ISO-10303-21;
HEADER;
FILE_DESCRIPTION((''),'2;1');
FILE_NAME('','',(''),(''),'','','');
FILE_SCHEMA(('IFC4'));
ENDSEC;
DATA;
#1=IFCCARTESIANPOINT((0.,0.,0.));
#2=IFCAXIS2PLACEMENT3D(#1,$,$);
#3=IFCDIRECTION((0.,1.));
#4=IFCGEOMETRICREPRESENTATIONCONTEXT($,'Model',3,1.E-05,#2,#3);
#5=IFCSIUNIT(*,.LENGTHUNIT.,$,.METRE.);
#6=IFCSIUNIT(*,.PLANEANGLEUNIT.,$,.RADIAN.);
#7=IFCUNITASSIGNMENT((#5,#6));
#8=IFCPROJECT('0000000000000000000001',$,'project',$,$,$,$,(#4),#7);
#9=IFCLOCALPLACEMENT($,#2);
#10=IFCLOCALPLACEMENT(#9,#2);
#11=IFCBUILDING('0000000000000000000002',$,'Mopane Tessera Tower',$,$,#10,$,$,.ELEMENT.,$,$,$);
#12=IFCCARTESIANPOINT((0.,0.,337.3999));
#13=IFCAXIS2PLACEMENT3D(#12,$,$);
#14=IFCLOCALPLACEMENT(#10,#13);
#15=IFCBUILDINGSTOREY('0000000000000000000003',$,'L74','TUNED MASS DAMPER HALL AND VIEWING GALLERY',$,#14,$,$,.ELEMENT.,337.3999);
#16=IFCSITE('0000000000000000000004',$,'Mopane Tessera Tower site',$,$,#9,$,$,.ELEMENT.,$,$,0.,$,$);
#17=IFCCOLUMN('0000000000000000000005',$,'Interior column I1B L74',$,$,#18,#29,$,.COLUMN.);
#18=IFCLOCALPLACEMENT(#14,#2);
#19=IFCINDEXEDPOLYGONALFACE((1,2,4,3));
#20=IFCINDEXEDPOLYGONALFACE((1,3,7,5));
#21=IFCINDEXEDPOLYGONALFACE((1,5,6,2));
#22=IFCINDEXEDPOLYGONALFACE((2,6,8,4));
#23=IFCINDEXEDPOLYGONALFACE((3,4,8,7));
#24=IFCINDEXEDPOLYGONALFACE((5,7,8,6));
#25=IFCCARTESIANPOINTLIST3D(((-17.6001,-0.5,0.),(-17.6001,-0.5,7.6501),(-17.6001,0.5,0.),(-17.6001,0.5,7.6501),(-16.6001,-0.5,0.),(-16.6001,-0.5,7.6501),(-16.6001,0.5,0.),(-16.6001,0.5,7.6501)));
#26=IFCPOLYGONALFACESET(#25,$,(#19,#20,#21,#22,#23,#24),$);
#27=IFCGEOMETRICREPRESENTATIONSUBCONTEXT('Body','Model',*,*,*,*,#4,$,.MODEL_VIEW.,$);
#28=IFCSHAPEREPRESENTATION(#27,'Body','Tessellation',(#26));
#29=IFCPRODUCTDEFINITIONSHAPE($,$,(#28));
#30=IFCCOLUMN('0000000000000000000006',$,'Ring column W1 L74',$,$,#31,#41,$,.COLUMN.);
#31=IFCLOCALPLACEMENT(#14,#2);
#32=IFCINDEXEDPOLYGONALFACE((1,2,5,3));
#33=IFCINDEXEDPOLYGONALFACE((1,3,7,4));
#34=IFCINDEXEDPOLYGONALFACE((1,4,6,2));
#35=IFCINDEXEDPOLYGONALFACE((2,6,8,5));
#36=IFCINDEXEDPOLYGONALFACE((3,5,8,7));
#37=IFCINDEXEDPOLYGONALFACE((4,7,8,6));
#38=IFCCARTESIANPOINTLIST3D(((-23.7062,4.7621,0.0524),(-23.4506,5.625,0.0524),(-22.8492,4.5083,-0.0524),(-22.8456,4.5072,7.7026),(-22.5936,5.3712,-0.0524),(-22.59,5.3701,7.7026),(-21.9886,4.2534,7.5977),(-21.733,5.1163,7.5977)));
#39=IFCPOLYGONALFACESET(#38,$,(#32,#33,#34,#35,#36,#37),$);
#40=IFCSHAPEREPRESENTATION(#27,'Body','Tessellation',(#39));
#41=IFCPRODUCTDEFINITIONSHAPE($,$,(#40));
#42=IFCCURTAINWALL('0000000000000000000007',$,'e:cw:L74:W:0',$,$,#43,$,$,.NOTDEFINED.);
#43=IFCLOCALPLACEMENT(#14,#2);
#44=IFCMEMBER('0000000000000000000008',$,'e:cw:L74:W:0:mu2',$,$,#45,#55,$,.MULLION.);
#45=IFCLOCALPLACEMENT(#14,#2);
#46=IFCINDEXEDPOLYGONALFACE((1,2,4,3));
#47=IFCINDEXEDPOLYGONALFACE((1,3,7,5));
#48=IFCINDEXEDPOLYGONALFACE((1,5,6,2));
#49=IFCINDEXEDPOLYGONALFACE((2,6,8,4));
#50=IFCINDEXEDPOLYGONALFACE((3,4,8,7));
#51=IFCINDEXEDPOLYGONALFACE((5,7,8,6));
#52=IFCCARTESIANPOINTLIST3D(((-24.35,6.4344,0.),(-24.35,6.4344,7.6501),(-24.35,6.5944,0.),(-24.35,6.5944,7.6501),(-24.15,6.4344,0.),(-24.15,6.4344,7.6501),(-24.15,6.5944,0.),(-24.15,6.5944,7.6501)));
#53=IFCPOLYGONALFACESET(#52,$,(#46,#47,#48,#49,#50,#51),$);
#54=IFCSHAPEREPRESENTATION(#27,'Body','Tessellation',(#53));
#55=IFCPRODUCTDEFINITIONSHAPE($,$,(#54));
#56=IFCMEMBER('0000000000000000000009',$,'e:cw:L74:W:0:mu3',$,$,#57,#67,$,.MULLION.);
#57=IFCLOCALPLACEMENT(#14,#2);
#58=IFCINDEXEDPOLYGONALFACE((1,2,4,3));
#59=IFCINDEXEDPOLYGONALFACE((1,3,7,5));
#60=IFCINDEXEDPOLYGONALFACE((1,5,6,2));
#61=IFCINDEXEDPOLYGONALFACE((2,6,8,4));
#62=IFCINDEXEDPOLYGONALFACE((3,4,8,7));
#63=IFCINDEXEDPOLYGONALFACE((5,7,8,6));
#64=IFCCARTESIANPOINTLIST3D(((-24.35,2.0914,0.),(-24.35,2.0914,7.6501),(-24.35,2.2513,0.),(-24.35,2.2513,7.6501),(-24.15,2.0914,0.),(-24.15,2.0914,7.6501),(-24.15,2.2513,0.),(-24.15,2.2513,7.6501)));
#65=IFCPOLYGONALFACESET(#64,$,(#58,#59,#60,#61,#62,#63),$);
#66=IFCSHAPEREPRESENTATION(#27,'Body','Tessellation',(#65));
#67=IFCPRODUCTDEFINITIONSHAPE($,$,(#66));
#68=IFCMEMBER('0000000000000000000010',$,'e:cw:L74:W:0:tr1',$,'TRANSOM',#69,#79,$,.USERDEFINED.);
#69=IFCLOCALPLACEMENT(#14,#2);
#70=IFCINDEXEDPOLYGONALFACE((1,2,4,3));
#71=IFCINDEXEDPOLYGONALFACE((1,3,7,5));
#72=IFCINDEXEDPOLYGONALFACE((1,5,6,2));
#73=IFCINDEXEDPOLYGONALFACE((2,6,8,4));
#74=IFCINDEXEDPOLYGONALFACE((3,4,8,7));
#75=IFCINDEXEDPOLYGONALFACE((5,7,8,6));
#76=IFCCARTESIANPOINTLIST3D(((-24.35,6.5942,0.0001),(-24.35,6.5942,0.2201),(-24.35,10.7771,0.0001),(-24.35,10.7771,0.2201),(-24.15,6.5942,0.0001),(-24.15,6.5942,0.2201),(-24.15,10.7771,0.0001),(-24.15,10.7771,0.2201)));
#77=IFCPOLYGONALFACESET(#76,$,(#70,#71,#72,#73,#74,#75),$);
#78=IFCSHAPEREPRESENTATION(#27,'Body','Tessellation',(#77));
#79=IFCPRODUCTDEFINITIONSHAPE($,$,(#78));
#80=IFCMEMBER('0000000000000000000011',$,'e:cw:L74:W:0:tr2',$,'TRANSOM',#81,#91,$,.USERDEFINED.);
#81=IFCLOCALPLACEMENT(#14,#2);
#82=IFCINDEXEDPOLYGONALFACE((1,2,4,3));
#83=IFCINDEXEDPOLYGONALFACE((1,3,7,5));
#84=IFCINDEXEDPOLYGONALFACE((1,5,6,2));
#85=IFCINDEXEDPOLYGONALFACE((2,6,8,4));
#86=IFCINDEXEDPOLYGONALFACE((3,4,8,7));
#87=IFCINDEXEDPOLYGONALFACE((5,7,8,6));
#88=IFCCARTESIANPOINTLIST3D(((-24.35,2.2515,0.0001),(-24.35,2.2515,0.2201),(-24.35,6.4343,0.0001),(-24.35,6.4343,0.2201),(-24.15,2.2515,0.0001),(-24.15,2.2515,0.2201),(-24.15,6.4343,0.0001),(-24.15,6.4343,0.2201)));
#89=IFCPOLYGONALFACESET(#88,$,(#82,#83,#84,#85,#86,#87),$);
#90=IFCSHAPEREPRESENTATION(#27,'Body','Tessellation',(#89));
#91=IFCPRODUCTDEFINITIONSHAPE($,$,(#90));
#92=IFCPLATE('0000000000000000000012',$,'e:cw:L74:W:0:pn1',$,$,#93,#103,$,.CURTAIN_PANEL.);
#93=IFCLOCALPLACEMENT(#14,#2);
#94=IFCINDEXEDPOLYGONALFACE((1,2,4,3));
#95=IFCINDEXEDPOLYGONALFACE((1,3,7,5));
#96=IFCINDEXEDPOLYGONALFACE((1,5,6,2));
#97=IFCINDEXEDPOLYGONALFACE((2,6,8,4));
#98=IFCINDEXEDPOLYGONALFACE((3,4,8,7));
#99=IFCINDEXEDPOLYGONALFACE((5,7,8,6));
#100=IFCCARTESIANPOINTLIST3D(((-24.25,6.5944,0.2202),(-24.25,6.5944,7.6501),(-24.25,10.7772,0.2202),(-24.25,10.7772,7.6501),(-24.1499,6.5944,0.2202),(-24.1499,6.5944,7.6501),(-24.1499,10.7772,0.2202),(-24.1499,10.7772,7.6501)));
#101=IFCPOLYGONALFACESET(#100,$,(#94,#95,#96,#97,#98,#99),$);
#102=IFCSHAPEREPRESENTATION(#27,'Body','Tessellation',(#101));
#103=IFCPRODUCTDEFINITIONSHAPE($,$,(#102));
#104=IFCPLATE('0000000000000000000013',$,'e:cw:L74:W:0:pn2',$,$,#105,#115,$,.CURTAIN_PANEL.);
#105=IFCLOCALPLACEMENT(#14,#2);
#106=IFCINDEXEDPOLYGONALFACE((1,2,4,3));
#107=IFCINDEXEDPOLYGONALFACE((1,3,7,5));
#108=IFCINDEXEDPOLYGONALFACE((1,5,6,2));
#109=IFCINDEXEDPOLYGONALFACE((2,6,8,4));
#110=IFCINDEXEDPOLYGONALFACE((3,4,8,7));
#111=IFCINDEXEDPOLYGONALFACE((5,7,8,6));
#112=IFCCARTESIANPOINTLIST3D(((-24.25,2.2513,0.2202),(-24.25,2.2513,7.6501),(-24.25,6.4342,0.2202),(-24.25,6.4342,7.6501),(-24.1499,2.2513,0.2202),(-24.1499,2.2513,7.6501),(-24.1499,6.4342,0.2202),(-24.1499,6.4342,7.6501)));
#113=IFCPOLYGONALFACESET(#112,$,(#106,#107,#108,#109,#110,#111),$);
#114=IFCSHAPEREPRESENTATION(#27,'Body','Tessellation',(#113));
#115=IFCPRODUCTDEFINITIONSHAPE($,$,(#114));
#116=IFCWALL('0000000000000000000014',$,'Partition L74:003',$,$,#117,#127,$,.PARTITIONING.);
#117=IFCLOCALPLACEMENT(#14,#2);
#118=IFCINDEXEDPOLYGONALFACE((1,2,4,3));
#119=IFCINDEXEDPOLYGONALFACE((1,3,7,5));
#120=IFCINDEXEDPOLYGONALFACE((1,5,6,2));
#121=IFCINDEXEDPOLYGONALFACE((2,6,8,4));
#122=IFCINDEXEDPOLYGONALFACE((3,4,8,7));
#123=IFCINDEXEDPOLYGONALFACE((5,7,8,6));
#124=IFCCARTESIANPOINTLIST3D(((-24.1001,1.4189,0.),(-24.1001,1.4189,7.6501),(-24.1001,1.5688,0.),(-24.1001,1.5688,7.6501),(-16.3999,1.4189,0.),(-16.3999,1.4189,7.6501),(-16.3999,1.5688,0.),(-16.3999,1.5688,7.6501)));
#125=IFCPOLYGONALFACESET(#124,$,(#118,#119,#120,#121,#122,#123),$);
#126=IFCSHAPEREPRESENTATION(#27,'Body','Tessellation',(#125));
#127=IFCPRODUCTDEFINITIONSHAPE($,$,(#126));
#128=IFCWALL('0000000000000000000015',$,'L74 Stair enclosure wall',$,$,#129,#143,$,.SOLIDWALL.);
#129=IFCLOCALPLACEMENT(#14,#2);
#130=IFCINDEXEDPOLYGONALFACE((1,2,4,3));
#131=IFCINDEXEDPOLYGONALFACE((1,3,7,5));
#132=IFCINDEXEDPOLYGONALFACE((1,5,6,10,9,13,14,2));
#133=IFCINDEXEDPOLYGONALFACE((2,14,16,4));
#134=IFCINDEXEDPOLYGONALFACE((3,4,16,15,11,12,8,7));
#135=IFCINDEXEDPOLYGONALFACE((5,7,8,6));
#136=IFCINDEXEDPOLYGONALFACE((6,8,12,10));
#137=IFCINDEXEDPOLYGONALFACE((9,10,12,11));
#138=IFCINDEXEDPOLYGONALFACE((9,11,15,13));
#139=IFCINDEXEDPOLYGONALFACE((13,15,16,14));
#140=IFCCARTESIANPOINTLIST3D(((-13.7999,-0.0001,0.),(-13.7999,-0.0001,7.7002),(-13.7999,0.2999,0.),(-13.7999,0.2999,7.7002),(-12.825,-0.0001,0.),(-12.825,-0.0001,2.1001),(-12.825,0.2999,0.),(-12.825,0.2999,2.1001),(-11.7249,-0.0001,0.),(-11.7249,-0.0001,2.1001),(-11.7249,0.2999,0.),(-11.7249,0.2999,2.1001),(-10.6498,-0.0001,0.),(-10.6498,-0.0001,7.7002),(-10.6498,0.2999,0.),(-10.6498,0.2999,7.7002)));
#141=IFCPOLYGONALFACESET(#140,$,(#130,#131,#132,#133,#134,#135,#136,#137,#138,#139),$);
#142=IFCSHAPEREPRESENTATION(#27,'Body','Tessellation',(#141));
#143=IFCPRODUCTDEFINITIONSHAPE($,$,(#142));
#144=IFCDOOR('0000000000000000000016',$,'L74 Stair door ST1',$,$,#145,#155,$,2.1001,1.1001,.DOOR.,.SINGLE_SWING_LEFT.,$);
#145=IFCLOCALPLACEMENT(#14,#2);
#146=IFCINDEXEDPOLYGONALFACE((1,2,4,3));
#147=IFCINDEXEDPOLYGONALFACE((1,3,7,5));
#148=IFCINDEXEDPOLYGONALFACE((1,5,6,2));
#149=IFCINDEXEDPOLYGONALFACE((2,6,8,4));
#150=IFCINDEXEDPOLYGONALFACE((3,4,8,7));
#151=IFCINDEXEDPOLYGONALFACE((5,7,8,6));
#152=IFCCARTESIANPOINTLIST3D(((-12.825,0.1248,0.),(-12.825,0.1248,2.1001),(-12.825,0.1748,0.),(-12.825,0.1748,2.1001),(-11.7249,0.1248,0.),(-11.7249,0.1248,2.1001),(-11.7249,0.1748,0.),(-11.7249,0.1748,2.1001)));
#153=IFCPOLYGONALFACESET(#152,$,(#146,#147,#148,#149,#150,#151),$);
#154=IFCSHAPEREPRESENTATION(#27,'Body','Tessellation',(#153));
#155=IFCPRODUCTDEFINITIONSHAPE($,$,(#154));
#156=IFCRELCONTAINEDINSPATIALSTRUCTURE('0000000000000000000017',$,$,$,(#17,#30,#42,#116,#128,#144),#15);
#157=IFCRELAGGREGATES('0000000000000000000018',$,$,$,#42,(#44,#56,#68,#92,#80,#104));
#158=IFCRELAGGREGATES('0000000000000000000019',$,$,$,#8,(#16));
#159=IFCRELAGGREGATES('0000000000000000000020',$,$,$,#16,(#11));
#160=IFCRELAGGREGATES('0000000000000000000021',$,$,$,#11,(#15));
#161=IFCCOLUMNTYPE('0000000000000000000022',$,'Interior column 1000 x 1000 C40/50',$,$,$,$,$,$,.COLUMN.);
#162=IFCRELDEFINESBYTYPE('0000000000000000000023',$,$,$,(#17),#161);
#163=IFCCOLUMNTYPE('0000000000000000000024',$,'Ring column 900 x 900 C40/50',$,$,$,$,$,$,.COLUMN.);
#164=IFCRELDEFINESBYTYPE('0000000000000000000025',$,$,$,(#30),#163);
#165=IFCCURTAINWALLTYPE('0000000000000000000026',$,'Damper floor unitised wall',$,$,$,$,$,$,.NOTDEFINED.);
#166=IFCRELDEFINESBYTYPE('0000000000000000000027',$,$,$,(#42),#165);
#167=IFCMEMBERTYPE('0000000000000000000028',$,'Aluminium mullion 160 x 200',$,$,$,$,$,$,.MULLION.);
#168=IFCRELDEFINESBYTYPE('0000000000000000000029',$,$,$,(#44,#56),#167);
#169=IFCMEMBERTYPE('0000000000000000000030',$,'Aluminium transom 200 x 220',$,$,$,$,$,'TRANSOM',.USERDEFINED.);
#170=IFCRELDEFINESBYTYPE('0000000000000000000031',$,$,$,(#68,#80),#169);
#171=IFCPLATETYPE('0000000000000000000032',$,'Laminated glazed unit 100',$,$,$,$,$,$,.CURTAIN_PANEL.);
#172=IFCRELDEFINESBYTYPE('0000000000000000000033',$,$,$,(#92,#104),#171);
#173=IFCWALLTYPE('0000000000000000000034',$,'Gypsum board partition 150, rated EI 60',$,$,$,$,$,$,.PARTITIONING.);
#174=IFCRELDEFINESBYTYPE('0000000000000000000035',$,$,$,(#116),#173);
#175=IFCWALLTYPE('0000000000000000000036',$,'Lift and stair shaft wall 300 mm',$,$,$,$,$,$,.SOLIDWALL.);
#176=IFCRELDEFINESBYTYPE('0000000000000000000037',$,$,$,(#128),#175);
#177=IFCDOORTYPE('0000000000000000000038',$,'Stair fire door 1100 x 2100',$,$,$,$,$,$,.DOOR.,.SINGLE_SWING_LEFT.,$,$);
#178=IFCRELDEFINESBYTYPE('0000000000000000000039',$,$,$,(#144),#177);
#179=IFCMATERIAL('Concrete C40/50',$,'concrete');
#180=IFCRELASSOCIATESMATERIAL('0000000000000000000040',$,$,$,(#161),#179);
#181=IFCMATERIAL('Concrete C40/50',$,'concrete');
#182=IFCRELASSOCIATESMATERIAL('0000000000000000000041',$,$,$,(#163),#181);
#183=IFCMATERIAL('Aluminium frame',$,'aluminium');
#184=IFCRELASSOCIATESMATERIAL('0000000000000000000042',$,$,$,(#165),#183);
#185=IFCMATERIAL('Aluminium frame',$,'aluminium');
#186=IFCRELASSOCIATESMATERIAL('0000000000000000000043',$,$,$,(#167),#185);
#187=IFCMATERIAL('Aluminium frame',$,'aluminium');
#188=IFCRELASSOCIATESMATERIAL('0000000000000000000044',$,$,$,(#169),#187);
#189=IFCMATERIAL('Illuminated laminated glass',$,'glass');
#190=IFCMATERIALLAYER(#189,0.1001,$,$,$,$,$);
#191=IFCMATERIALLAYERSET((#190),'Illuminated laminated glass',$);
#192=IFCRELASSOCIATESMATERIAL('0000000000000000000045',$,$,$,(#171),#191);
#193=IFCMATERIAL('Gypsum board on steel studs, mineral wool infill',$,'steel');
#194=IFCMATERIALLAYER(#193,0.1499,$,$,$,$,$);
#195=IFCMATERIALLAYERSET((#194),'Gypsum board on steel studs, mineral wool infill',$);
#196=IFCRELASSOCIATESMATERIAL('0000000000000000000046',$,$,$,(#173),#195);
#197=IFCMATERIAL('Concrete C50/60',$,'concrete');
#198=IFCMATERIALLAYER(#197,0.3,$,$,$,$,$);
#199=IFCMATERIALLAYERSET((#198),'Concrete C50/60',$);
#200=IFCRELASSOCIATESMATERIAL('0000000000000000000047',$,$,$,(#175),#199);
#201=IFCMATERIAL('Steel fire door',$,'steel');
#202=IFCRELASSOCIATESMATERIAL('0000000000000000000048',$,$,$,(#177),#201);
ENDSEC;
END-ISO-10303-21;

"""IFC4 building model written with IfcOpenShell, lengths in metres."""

from ifc_helpers import new_model, si_unit, direction, frame, frame_2d, origin, origin_2d, place, context, subcontext, project, spatial, rectangle, extrude, material, layer, layer_set, material_profile, profile_set, type_object, element, fill, aggregate, save


model = new_model("IFC4")

# Units and contexts
model_context = context("Model", 3, precision=1e-05, world=origin(), true_north=direction((0.0, 1.0)))
body_context = subcontext(model_context, "Body", "Model", "MODEL_VIEW")
ifc_project = project(units=[si_unit("LENGTHUNIT", "METRE"), si_unit("PLANEANGLEUNIT", "RADIAN")], contexts=[model_context])

# Site, building, storey
site_placement = place(None, origin())
site = spatial("IfcSite", under=ifc_project, at=site_placement, Name="Mopane Tessera Tower site", CompositionType="ELEMENT", RefElevation=0.0)
building_placement = place(site_placement, origin())
building = spatial("IfcBuilding", under=site, at=building_placement, Name="Mopane Tessera Tower", CompositionType="ELEMENT")
storey_placement = place(building_placement, frame((0.0, 0.0, 337.3999)))
storey = spatial("IfcBuildingStorey", under=building, at=storey_placement, Name="L74", Description="TUNED MASS DAMPER HALL AND VIEWING GALLERY", CompositionType="ELEMENT", Elevation=337.3999)

# Columns
ifc_material_1 = material(Name="Concrete C40/50", Category="concrete")
ifc_material_profile_1 = material_profile(ifc_material_1, rectangle(XDim=1.0, YDim=1.0, at=origin_2d()))
ifc_profile_set_1 = profile_set([ifc_material_profile_1], Name="Concrete C40/50")
column_type_1 = type_object("IfcColumnType", Name="Interior column 1000 x 1000 C40/50", PredefinedType="COLUMN", material=ifc_profile_set_1)
column_1_placement = place(storey_placement, frame((-17.1001, 0.0, 0.0), z_axis=(0.0, 0.0, 1.0), x_axis=(1.0, 0.0, 0.0)))
element("IfcColumn", 1, at=column_1_placement, inside=storey, type_object=column_type_1, Name="Interior column I1B L74", PredefinedType="COLUMN", context=body_context, shape_type="SweptSolid", body=[
    extrude(rectangle(XDim=1.0, YDim=1.0, at=origin_2d()), origin(), (0.0, 0.0, 1.0), 7.6501),
])
ifc_material_2 = material(Name="Concrete C40/50", Category="concrete")
ifc_material_profile_2 = material_profile(ifc_material_2, rectangle(XDim=0.8999, YDim=0.8999, at=origin_2d()))
ifc_profile_set_2 = profile_set([ifc_material_profile_2], Name="Concrete C40/50")
column_type_2 = type_object("IfcColumnType", Name="Ring column 900 x 900 C40/50", PredefinedType="COLUMN", material=ifc_profile_set_2)
column_2_placement = place(storey_placement, frame((-23.1499, 5.0667, 0.0), z_axis=(0.111728, -0.03309, 0.993188), x_axis=(0.283977, 0.958831, 0.0)))
element("IfcColumn", 2, at=column_2_placement, inside=storey, type_object=column_type_2, Name="Ring column W1 L74", PredefinedType="COLUMN", context=body_context, shape_type="SweptSolid", body=[
    extrude(rectangle(XDim=0.8999, YDim=0.8999, at=origin_2d()), origin(), (0.0, 0.0, 1.0), 7.7026),
])

# Curtain wall, members, plates
ifc_material_3 = material(Name="Aluminium frame", Category="aluminium")
curtain_wall_type = type_object("IfcCurtainWallType", Name="Damper floor unitised wall", PredefinedType="NOTDEFINED", material=ifc_material_3)
curtain_wall_placement = place(storey_placement, origin())
curtain_wall = element("IfcCurtainWall", 3, at=curtain_wall_placement, inside=storey, type_object=curtain_wall_type, Name="e:cw:L74:W:0", PredefinedType="NOTDEFINED")
ifc_material_4 = material(Name="Aluminium frame", Category="aluminium")
ifc_material_profile_3 = material_profile(ifc_material_4, rectangle(XDim=0.1599, YDim=0.2, at=origin_2d()))
ifc_profile_set_3 = profile_set([ifc_material_profile_3], Name="Aluminium frame")
member_type_1 = type_object("IfcMemberType", Name="Aluminium mullion 160 x 200", PredefinedType="MULLION", material=ifc_profile_set_3)
member_1_placement = place(storey_placement, frame((-24.25, 6.5144, 0.0), z_axis=(0.0, 0.0, 1.0), x_axis=(0.0, -1.0, 0.0)))
member_1 = element("IfcMember", 4, at=member_1_placement, type_object=member_type_1, Name="e:cw:L74:W:0:mu2", PredefinedType="MULLION", context=body_context, shape_type="SweptSolid", body=[
    extrude(rectangle(XDim=0.1599, YDim=0.2, at=origin_2d()), origin(), (0.0, 0.0, 1.0), 7.6501),
])
member_2_placement = place(storey_placement, frame((-24.25, 2.1714, 0.0), z_axis=(0.0, 0.0, 1.0), x_axis=(0.0, -1.0, 0.0)))
member_2 = element("IfcMember", 5, at=member_2_placement, type_object=member_type_1, Name="e:cw:L74:W:0:mu3", PredefinedType="MULLION", context=body_context, shape_type="SweptSolid", body=[
    extrude(rectangle(XDim=0.1599, YDim=0.2, at=origin_2d()), origin(), (0.0, 0.0, 1.0), 7.6501),
])
ifc_material_5 = material(Name="Aluminium frame", Category="aluminium")
ifc_material_profile_4 = material_profile(ifc_material_5, rectangle(XDim=0.2, YDim=0.22, at=origin_2d()))
ifc_profile_set_4 = profile_set([ifc_material_profile_4], Name="Aluminium frame")
member_type_2 = type_object("IfcMemberType", Name="Aluminium transom 200 x 220", ElementType="TRANSOM", PredefinedType="USERDEFINED", material=ifc_profile_set_4)
member_3_placement = place(storey_placement, frame((-24.25, 10.7771, 0.1101), z_axis=(0.0, -1.0, 0.0), x_axis=(1.0, 0.0, 0.0)))
member_3 = element("IfcMember", 6, at=member_3_placement, type_object=member_type_2, Name="e:cw:L74:W:0:tr1", ObjectType="TRANSOM", PredefinedType="USERDEFINED", context=body_context, shape_type="SweptSolid", body=[
    extrude(rectangle(XDim=0.2, YDim=0.22, at=origin_2d()), origin(), (0.0, 0.0, 1.0), 4.1829),
])
member_4_placement = place(storey_placement, frame((-24.25, 6.4343, 0.1101), z_axis=(0.0, -1.0, 0.0), x_axis=(1.0, 0.0, 0.0)))
member_4 = element("IfcMember", 7, at=member_4_placement, type_object=member_type_2, Name="e:cw:L74:W:0:tr2", ObjectType="TRANSOM", PredefinedType="USERDEFINED", context=body_context, shape_type="SweptSolid", body=[
    extrude(rectangle(XDim=0.2, YDim=0.22, at=origin_2d()), origin(), (0.0, 0.0, 1.0), 4.1829),
])
ifc_material_6 = material(Name="Illuminated laminated glass", Category="glass")
ifc_layer_1 = layer(ifc_material_6, 0.1001)
ifc_layer_set_1 = layer_set([ifc_layer_1], Name="Illuminated laminated glass")
plate_type = type_object("IfcPlateType", Name="Laminated glazed unit 100", PredefinedType="CURTAIN_PANEL", material=ifc_layer_set_1)
plate_1_placement = place(storey_placement, frame((-24.2, 8.6858, 0.2202), z_axis=(0.0, 0.0, 1.0), x_axis=(0.0, -1.0, 0.0)))
plate_1 = element("IfcPlate", 8, at=plate_1_placement, type_object=plate_type, Name="e:cw:L74:W:0:pn1", PredefinedType="CURTAIN_PANEL", context=body_context, shape_type="SweptSolid", body=[
    extrude(rectangle(XDim=4.1829, YDim=0.1001, at=origin_2d()), origin(), (0.0, 0.0, 1.0), 7.4299),
])
plate_2_placement = place(storey_placement, frame((-24.2, 4.3428, 0.2202), z_axis=(0.0, 0.0, 1.0), x_axis=(0.0, -1.0, 0.0)))
plate_2 = element("IfcPlate", 9, at=plate_2_placement, type_object=plate_type, Name="e:cw:L74:W:0:pn2", PredefinedType="CURTAIN_PANEL", context=body_context, shape_type="SweptSolid", body=[
    extrude(rectangle(XDim=4.1829, YDim=0.1001, at=origin_2d()), origin(), (0.0, 0.0, 1.0), 7.4299),
])
aggregate(curtain_wall, [member_1, member_2, member_3, plate_1, member_4, plate_2])

# Wall
ifc_material_7 = material(Name="Gypsum board on steel studs, mineral wool infill", Category="steel")
ifc_layer_2 = layer(ifc_material_7, 0.1499)
ifc_layer_set_2 = layer_set([ifc_layer_2], Name="Gypsum board on steel studs, mineral wool infill")
wall_type_1 = type_object("IfcWallType", Name="Gypsum board partition 150, rated EI 60", PredefinedType="PARTITIONING", material=ifc_layer_set_2)
wall_1_placement = place(storey_placement, frame((-24.1001, 1.4939, 0.0), z_axis=(0.0, 0.0, 1.0), x_axis=(1.0, 0.0, 0.0)))
element("IfcWall", 10, at=wall_1_placement, inside=storey, type_object=wall_type_1, Name="Partition L74:003", PredefinedType="PARTITIONING", context=body_context, shape_type="SweptSolid", body=[
    extrude(rectangle(XDim=7.7002, YDim=0.1499, at=frame_2d((3.8501, 0.0))), origin(), (0.0, 0.0, 1.0), 7.6501),
])

# Wall, opening, door
ifc_material_8 = material(Name="Concrete C50/60", Category="concrete")
ifc_layer_3 = layer(ifc_material_8, 0.3)
ifc_layer_set_3 = layer_set([ifc_layer_3], Name="Concrete C50/60")
wall_type_2 = type_object("IfcWallType", Name="Lift and stair shaft wall 300 mm", PredefinedType="SOLIDWALL", material=ifc_layer_set_3)
wall_2_placement = place(storey_placement, frame((-13.8, 0.1499, 0.0), z_axis=(0.0, 0.0, 1.0), x_axis=(1.0, 0.0, 0.0)))
wall_2 = element("IfcWall", 11, at=wall_2_placement, inside=storey, type_object=wall_type_2, Name="L74 Stair enclosure wall", PredefinedType="SOLIDWALL", context=body_context, shape_type="SweptSolid", body=[
    extrude(rectangle(XDim=3.1501, YDim=0.3, at=frame_2d((1.5752, 0.0))), origin(), (0.0, 0.0, 1.0), 7.7002),
])
opening_1_placement = place(wall_2_placement, frame((0.9751, 0.0, 0.0)))
opening_1 = element("IfcOpeningElement", 12, at=opening_1_placement, cuts=wall_2, PredefinedType="OPENING", context=body_context, shape_type="SweptSolid", body=[
    extrude(rectangle(XDim=1.1001, YDim=2.1001, at=frame_2d((0.55, 1.05))), frame((0.0, 0.1621, 0.0), z_axis=(0.0, -1.0, 0.0), x_axis=(1.0, 0.0, 0.0)), (0.0, 0.0, 1.0), 0.324),
])
ifc_material_9 = material(Name="Steel fire door", Category="steel")
door_type_1 = type_object("IfcDoorType", Name="Stair fire door 1100 x 2100", OperationType="SINGLE_SWING_LEFT", PredefinedType="DOOR", material=ifc_material_9)
door_1_placement = place(opening_1_placement, origin())
door_1 = element("IfcDoor", 13, at=door_1_placement, inside=storey, type_object=door_type_1, Name="L74 Stair door ST1", OperationType="SINGLE_SWING_LEFT", OverallHeight=2.1001, OverallWidth=1.1001, PredefinedType="DOOR", context=body_context, shape_type="SweptSolid", body=[
    extrude(rectangle(XDim=1.1001, YDim=2.1001, at=frame_2d((0.55, 1.05))), frame((0.0, 0.0249, 0.0), z_axis=(0.0, -1.0, 0.0), x_axis=(1.0, 0.0, 0.0)), (0.0, 0.0, 1.0), 0.05),
])
fill(opening_1, door_1)

save(model, "model.ifc")
